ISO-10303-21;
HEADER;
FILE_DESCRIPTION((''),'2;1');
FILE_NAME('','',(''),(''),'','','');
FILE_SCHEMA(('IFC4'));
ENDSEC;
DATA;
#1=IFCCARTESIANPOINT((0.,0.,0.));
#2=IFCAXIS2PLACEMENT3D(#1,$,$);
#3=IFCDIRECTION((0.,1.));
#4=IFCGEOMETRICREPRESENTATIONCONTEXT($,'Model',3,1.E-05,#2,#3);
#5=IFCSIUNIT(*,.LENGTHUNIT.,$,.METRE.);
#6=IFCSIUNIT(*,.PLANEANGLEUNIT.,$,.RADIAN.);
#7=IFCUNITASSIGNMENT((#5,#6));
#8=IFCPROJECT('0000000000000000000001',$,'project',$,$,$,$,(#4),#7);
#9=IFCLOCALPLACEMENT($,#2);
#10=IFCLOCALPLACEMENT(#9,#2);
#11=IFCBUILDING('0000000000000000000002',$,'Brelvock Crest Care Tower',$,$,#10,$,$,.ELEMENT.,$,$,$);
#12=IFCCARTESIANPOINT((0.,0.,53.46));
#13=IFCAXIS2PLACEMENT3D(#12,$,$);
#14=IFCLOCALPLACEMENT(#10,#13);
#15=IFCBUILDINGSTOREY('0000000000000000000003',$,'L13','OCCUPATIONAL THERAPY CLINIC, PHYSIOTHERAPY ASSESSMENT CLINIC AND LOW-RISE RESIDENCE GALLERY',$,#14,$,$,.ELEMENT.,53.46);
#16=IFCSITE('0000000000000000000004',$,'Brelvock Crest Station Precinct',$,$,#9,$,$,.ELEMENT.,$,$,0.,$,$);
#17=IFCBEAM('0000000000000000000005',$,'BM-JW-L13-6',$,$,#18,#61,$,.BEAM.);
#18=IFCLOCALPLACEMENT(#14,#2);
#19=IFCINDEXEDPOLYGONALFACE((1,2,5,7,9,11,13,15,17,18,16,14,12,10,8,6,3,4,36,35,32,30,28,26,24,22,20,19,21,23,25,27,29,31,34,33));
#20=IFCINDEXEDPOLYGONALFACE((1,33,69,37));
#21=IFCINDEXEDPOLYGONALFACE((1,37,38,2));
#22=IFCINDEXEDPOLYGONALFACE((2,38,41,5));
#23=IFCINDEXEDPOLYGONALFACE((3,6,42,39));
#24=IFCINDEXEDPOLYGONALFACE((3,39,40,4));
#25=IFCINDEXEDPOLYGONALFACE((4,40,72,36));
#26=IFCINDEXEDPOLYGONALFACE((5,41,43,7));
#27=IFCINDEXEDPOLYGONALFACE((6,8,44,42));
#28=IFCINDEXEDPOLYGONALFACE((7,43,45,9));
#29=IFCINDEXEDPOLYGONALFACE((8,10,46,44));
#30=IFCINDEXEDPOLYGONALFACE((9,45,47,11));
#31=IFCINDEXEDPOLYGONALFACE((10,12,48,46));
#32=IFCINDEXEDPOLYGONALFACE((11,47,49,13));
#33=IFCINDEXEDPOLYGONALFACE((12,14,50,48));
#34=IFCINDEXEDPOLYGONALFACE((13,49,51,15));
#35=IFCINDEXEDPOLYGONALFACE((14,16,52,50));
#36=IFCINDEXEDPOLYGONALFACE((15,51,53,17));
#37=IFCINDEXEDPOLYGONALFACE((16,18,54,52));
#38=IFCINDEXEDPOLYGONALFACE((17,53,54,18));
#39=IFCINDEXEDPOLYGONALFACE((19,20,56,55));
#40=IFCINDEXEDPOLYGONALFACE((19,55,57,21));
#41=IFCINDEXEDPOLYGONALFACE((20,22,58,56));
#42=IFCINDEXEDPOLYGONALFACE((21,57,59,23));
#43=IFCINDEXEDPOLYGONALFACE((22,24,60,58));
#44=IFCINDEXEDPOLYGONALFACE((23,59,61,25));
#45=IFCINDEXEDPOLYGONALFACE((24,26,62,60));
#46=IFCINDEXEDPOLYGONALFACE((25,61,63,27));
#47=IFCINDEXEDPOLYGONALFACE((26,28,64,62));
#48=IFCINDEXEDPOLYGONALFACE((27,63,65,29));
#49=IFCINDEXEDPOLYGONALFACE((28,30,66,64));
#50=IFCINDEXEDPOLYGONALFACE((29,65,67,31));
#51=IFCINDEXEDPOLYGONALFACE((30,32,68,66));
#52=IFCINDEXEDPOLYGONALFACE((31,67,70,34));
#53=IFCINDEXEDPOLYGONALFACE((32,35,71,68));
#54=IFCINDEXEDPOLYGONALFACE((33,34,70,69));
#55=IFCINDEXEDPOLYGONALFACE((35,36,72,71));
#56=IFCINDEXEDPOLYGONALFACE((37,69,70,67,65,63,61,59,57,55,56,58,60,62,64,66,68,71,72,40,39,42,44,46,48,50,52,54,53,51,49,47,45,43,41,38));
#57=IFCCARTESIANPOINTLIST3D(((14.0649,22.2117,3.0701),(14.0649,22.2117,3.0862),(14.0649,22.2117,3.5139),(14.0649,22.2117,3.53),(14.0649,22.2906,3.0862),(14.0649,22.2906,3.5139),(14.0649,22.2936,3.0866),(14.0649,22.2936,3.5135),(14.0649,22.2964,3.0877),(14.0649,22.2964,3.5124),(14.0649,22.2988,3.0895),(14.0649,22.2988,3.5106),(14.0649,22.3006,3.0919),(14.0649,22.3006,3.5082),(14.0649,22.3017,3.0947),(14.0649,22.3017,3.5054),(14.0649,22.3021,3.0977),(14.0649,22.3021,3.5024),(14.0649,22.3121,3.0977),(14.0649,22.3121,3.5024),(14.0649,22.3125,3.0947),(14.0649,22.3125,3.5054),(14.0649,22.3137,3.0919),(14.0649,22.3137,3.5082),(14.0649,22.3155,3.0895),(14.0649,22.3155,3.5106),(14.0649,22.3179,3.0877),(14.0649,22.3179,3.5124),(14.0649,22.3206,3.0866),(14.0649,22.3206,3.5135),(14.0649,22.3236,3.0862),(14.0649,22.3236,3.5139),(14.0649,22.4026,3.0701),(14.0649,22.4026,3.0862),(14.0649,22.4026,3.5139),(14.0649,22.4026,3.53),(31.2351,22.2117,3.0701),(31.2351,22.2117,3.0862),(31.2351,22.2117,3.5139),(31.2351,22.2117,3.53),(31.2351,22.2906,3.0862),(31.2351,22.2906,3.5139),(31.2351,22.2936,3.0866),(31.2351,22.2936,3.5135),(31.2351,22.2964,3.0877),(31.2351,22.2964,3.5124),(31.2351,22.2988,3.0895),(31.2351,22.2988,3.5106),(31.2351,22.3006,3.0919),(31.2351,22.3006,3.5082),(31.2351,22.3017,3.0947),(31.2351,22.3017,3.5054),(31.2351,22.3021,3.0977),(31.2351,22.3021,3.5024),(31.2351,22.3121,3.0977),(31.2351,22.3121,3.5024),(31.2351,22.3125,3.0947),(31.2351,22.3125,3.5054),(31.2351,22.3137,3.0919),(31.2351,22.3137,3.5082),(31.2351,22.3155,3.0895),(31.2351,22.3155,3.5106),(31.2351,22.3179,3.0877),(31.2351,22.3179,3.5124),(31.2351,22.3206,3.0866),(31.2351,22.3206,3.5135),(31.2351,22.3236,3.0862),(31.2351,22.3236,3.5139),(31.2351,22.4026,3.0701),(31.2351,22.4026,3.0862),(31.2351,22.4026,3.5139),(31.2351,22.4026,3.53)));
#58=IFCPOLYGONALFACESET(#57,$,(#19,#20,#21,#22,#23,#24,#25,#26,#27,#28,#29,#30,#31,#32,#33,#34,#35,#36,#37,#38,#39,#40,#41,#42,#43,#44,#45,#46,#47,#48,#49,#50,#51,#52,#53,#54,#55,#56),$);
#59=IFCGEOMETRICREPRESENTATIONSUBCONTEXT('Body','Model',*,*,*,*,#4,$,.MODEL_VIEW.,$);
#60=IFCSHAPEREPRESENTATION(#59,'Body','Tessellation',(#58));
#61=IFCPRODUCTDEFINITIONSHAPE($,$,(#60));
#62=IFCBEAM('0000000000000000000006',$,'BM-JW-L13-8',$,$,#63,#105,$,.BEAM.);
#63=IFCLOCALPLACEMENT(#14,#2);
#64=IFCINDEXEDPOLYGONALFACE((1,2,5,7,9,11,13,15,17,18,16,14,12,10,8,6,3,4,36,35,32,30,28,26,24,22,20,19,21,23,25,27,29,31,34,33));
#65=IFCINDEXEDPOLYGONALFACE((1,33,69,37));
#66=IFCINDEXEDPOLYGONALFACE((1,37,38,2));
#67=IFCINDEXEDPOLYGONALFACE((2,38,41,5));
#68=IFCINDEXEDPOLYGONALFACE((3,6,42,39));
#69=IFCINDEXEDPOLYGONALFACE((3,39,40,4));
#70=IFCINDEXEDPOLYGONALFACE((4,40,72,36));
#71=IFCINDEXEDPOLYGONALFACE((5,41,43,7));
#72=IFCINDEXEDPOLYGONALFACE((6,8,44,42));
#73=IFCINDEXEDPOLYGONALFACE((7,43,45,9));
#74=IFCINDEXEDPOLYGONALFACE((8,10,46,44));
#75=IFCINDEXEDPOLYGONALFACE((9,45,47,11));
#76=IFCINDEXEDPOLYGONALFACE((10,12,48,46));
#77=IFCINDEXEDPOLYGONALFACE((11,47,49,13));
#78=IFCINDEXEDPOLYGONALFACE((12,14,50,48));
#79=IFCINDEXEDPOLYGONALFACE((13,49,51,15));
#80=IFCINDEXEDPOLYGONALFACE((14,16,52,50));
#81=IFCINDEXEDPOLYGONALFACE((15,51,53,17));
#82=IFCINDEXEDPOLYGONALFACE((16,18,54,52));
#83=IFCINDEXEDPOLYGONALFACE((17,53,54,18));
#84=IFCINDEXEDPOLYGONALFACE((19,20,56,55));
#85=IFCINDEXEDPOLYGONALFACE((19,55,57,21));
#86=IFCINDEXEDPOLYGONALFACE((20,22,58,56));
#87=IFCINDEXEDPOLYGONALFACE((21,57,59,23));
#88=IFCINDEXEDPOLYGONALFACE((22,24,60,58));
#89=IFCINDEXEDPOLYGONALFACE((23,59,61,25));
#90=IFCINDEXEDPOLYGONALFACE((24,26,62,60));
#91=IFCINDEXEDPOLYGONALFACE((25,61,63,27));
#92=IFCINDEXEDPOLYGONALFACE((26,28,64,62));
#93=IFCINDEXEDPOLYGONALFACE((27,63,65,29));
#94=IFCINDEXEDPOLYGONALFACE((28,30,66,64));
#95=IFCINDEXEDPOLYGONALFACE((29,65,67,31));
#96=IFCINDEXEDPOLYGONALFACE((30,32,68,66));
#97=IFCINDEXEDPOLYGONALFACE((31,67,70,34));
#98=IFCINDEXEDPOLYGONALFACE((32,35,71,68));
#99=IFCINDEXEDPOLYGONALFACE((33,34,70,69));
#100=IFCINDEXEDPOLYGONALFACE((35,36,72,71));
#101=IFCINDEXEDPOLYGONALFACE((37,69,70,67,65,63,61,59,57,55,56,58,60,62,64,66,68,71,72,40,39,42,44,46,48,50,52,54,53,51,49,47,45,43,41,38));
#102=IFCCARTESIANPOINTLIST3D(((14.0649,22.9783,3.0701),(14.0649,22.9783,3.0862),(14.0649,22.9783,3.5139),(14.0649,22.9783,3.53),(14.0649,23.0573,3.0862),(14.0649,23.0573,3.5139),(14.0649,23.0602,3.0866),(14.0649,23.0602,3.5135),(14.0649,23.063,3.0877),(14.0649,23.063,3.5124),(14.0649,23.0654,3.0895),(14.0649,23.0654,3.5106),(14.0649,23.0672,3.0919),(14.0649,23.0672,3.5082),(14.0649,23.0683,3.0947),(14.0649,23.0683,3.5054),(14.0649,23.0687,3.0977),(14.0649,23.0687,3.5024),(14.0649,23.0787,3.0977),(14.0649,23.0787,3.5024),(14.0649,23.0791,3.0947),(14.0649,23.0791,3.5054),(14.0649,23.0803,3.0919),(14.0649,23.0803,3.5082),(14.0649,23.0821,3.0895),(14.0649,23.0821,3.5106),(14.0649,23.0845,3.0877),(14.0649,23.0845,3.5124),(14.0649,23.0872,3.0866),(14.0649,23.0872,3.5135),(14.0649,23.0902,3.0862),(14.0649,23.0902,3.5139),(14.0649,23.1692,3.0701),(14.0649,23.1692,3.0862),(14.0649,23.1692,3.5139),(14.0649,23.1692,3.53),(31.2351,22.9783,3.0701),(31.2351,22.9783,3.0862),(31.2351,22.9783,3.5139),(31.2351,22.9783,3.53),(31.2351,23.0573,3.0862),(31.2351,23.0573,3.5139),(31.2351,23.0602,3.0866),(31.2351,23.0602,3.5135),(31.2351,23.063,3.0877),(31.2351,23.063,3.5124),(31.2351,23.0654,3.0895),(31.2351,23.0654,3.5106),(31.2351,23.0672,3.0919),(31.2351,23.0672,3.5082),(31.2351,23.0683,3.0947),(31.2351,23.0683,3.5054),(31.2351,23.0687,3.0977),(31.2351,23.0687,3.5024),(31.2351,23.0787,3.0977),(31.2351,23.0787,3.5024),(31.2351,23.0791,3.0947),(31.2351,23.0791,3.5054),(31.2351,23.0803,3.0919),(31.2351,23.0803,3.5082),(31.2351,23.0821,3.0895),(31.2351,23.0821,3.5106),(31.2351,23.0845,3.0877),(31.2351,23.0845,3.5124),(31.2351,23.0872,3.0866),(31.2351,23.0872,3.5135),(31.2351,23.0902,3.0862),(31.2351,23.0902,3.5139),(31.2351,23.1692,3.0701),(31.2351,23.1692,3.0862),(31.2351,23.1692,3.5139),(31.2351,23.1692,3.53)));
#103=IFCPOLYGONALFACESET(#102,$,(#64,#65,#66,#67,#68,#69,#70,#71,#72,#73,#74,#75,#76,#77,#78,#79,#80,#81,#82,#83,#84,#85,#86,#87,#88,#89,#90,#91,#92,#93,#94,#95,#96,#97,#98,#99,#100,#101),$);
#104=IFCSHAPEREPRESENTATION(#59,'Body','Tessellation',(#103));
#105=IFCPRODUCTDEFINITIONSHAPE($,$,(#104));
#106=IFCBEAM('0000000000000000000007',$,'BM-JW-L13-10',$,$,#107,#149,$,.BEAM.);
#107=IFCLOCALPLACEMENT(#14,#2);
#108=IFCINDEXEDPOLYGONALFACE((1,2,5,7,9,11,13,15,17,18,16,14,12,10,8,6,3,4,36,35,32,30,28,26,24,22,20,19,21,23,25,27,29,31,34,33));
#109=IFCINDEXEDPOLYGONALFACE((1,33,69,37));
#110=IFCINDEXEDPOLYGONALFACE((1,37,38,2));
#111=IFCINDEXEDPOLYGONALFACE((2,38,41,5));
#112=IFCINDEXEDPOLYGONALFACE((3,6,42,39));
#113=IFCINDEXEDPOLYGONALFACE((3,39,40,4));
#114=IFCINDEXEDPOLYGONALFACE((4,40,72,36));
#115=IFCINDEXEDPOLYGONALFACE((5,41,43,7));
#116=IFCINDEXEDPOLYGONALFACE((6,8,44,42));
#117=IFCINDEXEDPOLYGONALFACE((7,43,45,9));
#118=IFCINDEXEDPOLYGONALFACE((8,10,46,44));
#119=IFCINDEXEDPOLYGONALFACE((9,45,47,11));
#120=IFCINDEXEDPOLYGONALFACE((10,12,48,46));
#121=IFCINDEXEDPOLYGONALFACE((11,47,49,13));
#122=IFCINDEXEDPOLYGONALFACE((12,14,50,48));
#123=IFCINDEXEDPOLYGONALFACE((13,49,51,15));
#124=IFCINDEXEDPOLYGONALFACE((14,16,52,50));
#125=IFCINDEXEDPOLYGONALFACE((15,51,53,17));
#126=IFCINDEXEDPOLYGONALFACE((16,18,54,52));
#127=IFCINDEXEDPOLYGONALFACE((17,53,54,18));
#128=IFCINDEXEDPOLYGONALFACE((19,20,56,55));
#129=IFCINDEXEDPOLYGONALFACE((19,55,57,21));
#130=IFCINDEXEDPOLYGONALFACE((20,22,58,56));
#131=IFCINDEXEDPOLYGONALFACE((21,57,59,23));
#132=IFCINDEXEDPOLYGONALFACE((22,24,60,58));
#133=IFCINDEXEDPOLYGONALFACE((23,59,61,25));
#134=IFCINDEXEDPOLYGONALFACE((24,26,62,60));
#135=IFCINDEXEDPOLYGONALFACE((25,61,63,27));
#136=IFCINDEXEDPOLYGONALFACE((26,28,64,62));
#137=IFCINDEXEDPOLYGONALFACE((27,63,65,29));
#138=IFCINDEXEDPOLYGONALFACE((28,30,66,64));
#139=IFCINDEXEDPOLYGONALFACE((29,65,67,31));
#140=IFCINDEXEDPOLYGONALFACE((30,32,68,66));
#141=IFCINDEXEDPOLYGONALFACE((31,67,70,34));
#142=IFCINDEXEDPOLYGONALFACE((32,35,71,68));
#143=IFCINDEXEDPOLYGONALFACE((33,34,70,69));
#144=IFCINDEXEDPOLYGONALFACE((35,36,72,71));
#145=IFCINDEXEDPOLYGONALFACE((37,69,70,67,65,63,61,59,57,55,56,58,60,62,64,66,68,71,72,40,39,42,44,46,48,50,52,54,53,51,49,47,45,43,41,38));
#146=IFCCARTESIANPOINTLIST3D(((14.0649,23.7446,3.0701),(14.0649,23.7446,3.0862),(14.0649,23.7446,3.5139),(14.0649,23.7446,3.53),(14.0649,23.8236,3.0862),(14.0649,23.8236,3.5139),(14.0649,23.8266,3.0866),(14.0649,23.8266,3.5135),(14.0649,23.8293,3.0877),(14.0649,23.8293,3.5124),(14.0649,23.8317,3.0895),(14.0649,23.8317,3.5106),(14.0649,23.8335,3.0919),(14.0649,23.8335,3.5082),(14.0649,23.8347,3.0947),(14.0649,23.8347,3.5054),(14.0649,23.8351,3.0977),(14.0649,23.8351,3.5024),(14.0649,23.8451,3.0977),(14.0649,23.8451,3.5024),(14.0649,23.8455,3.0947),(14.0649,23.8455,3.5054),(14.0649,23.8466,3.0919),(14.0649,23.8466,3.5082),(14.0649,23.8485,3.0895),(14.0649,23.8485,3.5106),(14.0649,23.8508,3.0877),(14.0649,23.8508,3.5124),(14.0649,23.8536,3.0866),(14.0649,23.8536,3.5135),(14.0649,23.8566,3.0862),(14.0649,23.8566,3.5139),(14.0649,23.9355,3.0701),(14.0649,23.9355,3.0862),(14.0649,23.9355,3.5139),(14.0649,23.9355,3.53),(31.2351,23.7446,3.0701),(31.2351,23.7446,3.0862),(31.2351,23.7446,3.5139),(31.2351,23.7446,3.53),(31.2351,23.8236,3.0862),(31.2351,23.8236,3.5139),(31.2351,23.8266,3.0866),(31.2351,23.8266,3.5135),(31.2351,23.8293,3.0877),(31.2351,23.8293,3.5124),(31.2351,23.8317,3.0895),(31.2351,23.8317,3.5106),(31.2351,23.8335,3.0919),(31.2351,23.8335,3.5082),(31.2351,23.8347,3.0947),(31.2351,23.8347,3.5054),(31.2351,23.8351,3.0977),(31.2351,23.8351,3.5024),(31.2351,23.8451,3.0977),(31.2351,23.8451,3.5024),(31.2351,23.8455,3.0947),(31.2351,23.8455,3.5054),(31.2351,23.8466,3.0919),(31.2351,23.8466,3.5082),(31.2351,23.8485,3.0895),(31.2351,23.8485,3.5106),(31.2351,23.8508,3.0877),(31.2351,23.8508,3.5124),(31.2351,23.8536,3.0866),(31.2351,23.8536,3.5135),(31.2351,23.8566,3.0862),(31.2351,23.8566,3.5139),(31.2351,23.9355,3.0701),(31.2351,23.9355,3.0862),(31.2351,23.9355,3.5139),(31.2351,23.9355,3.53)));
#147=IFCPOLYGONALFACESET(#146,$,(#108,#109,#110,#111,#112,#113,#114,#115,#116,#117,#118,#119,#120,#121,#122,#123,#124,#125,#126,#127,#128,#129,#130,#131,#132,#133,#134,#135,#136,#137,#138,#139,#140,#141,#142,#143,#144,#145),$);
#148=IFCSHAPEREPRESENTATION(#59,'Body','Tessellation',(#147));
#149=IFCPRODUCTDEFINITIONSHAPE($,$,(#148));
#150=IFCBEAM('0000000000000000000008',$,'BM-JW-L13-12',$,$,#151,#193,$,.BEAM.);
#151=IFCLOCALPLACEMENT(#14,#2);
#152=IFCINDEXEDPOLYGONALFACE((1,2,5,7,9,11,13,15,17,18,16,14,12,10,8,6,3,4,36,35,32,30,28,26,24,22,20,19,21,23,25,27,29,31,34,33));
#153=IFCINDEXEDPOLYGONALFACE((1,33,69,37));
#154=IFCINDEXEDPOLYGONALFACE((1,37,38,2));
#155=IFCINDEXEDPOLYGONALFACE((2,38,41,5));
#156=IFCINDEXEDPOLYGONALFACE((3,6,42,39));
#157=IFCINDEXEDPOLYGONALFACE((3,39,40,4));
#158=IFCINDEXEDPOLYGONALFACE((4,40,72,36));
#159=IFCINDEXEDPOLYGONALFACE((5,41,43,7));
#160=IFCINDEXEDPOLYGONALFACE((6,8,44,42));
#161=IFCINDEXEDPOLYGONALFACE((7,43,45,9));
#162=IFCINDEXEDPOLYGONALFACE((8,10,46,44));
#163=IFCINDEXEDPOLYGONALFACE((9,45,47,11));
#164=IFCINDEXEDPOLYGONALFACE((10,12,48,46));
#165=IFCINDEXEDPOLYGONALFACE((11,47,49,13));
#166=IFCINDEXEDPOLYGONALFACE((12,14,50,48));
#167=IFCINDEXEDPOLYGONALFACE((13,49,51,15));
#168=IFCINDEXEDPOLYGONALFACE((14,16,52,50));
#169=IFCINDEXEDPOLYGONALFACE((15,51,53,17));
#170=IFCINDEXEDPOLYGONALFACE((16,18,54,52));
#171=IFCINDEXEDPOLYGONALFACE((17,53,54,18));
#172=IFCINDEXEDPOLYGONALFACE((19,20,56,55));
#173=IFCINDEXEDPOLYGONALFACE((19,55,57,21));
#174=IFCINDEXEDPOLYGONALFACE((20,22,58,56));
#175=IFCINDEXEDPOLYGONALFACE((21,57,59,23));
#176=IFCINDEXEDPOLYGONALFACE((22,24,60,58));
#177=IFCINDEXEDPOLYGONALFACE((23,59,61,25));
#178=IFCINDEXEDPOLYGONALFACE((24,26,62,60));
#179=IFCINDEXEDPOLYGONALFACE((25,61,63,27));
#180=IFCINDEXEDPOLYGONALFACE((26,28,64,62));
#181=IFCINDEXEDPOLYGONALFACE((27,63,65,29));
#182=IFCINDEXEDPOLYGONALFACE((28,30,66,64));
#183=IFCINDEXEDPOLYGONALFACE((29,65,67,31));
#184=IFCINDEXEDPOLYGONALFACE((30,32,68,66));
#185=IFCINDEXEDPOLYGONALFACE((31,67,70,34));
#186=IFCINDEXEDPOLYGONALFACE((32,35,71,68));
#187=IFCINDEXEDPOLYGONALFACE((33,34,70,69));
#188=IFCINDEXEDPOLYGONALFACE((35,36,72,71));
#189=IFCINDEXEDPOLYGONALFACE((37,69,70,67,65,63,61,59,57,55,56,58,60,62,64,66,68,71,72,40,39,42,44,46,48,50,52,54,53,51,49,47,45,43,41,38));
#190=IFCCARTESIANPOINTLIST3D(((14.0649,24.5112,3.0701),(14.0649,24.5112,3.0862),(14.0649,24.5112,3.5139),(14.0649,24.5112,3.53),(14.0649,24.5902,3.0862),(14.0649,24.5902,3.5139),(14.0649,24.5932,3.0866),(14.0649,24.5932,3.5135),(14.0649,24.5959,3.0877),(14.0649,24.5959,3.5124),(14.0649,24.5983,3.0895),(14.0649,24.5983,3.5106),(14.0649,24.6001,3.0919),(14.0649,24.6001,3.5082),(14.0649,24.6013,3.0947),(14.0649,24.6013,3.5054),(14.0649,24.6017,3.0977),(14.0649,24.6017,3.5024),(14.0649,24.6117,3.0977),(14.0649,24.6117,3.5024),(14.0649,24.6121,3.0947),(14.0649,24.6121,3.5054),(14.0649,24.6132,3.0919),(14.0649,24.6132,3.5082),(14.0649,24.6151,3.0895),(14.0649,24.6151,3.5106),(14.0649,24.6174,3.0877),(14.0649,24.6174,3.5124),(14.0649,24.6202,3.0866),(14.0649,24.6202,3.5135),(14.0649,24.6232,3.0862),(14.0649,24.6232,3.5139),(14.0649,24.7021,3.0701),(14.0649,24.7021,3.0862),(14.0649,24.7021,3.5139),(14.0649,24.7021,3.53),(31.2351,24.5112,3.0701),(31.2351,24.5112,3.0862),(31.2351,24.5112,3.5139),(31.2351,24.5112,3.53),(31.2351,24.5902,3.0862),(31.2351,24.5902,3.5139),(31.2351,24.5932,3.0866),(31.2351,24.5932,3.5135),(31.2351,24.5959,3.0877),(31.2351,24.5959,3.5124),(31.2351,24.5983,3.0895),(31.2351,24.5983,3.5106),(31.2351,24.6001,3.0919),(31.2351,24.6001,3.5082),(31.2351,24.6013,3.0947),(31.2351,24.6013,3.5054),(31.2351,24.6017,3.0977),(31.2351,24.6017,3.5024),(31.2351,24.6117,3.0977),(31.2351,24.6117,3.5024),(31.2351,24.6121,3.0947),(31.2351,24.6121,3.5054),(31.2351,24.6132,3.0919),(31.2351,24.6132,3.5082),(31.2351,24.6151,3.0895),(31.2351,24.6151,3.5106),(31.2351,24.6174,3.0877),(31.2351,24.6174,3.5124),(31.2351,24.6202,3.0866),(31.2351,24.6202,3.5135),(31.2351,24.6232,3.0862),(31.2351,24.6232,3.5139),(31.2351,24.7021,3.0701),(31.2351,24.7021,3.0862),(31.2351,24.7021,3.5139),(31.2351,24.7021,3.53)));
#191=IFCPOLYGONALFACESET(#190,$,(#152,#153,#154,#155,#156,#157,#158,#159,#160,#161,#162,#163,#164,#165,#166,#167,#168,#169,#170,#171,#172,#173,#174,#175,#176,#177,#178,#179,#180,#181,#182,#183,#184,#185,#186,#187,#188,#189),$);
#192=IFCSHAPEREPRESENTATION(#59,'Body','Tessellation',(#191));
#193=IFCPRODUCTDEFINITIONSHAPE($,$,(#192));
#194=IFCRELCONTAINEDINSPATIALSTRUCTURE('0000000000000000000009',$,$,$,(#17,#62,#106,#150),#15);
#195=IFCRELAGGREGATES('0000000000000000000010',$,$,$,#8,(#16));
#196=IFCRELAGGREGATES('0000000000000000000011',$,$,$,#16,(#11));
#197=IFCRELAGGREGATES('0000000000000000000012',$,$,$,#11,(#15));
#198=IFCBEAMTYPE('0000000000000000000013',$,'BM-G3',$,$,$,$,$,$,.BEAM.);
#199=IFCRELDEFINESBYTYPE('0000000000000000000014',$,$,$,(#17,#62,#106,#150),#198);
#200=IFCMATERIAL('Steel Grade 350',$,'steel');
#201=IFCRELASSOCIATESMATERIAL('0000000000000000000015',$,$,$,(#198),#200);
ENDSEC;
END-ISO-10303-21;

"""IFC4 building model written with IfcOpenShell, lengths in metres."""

from ifc_helpers import new_model, si_unit, direction, frame, origin, origin_2d, place, context, subcontext, project, spatial, i_section, extrude, source, transform, mapped, material, material_profile, profile_set, type_object, element, save


model = new_model("IFC4")

# Units and contexts
model_context = context("Model", 3, precision=1e-05, world=origin(), true_north=direction((0.0, 1.0)))
body_context = subcontext(model_context, "Body", "Model", "MODEL_VIEW")
ifc_project = project(units=[si_unit("LENGTHUNIT", "METRE"), si_unit("PLANEANGLEUNIT", "RADIAN")], contexts=[model_context])

# Site, building, storey
site_placement = place(None, origin())
site = spatial("IfcSite", under=ifc_project, at=site_placement, Name="Brelvock Crest Station Precinct", CompositionType="ELEMENT", RefElevation=0.0)
building_placement = place(site_placement, origin())
building = spatial("IfcBuilding", under=site, at=building_placement, Name="Brelvock Crest Care Tower", CompositionType="ELEMENT")
storey_placement = place(building_placement, frame((0.0, 0.0, 53.46)))
storey = spatial("IfcBuildingStorey", under=building, at=storey_placement, Name="L13", Description="OCCUPATIONAL THERAPY CLINIC, PHYSIOTHERAPY ASSESSMENT CLINIC AND LOW-RISE RESIDENCE GALLERY", CompositionType="ELEMENT", Elevation=53.46)

# Beams
ifc_material_1 = material(Name="Steel Grade 350", Category="steel")
ifc_material_profile_1 = material_profile(ifc_material_1, i_section(OverallWidth=0.1909, OverallDepth=0.46, WebThickness=0.01, FlangeThickness=0.0161, FilletRadius=0.0115, at=origin_2d()), Name="460UB82.1")
ifc_profile_set_1 = profile_set([ifc_material_profile_1], Name="Steel Grade 350")
beam_type_1 = type_object("IfcBeamType", Name="BM-G3", PredefinedType="BEAM", material=ifc_profile_set_1)
shared_shape_1 = source(origin(), body_context, "Body", "SweptSolid", [
    extrude(i_section(OverallWidth=0.1909, OverallDepth=0.46, WebThickness=0.01, FlangeThickness=0.0161, FilletRadius=0.0115, at=origin_2d()), origin(), (0.0, 0.0, 1.0), 17.1702),
])
for number, where, z_axis, x_axis, name in (
    (1, (14.0649, 22.3071, 3.3), (1.0, 0.0, 0.0), (0.0, 1.0, 0.0), "BM-JW-L13-6"),
    (2, (14.0649, 23.0737, 3.3), (1.0, 0.0, 0.0), (0.0, 1.0, 0.0), "BM-JW-L13-8"),
    (3, (14.0649, 23.8401, 3.3), (1.0, 0.0, 0.0), (0.0, 1.0, 0.0), "BM-JW-L13-10"),
    (4, (14.0649, 24.6067, 3.3), (1.0, 0.0, 0.0), (0.0, 1.0, 0.0), "BM-JW-L13-12"),
):
    element("IfcBeam", number, at=place(storey_placement, frame(where, z_axis=z_axis, x_axis=x_axis)), inside=storey, type_object=beam_type_1, Name=name, PredefinedType="BEAM", context=body_context, shape_type="MappedRepresentation", body=[
        mapped(shared_shape_1, transform((0.0, 0.0, 0.0), x_axis=(1.0, 0.0, 0.0), y_axis=(0.0, 1.0, 0.0), z_axis=(0.0, 0.0, 1.0), scale=1.0)),
    ])

save(model, "model.ifc")
